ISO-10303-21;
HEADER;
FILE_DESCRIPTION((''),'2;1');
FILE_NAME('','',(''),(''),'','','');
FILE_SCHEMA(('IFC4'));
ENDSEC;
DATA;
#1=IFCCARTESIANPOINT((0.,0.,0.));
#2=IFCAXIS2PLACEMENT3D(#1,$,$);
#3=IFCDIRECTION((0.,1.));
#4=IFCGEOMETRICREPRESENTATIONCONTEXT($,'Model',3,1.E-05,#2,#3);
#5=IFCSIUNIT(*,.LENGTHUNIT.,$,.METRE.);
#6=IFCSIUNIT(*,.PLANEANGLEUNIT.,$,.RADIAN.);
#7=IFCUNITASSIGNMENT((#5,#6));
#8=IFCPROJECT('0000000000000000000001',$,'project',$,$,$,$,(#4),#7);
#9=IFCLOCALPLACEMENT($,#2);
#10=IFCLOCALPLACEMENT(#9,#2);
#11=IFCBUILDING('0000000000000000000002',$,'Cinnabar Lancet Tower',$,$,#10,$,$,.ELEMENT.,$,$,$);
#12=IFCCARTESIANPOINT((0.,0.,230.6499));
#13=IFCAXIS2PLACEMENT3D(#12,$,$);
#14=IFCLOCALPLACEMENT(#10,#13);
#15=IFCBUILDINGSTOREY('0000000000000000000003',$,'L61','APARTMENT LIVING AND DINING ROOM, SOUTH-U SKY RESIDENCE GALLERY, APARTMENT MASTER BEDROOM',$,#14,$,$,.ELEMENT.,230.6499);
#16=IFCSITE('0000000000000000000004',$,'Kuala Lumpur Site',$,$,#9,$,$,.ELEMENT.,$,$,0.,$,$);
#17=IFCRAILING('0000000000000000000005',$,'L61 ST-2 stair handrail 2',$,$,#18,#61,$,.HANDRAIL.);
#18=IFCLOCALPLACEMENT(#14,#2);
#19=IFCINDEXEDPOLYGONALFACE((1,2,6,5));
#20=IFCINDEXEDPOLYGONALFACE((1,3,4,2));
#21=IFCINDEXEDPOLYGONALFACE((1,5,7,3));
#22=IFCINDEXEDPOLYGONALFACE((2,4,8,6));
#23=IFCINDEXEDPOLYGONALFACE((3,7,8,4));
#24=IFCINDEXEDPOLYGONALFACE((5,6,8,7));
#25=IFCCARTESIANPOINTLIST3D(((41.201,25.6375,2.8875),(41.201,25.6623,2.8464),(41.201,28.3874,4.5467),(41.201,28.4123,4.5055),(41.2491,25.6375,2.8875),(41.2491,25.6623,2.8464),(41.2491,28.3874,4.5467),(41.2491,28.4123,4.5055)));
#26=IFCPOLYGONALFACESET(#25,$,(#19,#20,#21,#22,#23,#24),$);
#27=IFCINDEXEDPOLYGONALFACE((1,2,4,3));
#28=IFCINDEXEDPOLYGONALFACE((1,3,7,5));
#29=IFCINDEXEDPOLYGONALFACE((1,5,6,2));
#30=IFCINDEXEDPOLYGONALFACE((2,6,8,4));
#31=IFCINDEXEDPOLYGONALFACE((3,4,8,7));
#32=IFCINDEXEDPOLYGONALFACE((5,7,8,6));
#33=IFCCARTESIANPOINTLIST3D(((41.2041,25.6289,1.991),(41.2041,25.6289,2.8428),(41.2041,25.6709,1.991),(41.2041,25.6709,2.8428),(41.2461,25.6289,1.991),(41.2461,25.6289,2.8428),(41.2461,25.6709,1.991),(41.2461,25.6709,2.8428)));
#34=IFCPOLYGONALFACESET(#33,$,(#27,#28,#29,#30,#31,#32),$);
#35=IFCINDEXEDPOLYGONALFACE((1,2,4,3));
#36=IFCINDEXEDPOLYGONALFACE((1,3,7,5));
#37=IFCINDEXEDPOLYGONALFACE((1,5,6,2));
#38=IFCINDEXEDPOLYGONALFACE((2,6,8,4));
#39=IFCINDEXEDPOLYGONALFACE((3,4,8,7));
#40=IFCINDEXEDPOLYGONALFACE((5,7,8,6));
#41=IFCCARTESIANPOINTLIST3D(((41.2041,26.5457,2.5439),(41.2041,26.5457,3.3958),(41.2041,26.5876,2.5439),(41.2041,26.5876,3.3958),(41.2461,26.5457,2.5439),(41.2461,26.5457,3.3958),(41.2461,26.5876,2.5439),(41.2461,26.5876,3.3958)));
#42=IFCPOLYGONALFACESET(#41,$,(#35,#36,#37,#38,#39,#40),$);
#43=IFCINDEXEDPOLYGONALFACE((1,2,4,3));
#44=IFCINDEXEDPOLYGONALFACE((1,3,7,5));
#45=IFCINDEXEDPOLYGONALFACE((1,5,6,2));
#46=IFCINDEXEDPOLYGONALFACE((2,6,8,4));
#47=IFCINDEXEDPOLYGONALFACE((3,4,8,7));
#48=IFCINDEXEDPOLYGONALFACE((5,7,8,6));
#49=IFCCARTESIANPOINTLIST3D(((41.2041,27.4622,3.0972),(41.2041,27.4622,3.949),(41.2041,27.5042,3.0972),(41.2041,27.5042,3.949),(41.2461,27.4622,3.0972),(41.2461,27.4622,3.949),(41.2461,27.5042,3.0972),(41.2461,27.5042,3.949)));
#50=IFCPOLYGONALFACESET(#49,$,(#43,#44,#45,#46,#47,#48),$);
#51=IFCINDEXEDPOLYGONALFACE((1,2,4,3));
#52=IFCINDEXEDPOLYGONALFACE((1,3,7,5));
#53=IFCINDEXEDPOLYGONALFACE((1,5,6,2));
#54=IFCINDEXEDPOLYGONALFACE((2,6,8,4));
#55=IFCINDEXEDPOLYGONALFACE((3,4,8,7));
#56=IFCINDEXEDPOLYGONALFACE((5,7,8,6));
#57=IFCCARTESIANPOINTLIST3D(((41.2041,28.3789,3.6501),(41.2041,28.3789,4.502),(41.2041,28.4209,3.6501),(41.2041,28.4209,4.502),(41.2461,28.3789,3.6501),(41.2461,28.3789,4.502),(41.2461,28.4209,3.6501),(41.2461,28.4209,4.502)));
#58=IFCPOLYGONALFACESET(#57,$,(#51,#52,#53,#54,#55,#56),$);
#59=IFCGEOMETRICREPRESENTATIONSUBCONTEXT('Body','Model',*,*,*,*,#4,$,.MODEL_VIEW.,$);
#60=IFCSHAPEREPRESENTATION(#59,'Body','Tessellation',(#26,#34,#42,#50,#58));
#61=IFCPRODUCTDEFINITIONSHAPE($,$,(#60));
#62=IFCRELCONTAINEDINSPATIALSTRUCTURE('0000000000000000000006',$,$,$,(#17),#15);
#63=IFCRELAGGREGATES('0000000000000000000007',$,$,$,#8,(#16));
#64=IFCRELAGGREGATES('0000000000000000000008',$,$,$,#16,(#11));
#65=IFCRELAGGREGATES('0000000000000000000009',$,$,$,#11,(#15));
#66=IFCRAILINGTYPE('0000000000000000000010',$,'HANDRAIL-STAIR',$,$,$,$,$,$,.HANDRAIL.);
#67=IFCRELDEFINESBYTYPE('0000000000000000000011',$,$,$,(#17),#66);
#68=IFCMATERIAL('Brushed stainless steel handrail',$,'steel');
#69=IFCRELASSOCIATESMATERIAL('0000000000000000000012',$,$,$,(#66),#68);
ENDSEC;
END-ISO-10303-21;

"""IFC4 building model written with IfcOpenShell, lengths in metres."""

from ifc_helpers import new_model, si_unit, direction, frame, origin, origin_2d, place, context, subcontext, project, spatial, rectangle, extrude, material, type_object, element, save


model = new_model("IFC4")

# Units and contexts
model_context = context("Model", 3, precision=1e-05, world=origin(), true_north=direction((0.0, 1.0)))
body_context = subcontext(model_context, "Body", "Model", "MODEL_VIEW")
ifc_project = project(units=[si_unit("LENGTHUNIT", "METRE"), si_unit("PLANEANGLEUNIT", "RADIAN")], contexts=[model_context])

# Site, building, storey
site_placement = place(None, origin())
site = spatial("IfcSite", under=ifc_project, at=site_placement, Name="Kuala Lumpur Site", CompositionType="ELEMENT", RefElevation=0.0)
building_placement = place(site_placement, origin())
building = spatial("IfcBuilding", under=site, at=building_placement, Name="Cinnabar Lancet Tower", CompositionType="ELEMENT")
storey_placement = place(building_placement, frame((0.0, 0.0, 230.6499)))
storey = spatial("IfcBuildingStorey", under=building, at=storey_placement, Name="L61", Description="APARTMENT LIVING AND DINING ROOM, SOUTH-U SKY RESIDENCE GALLERY, APARTMENT MASTER BEDROOM", CompositionType="ELEMENT", Elevation=230.6499)

# Railing
ifc_material_1 = material(Name="Brushed stainless steel handrail", Category="steel")
railing_type_1 = type_object("IfcRailingType", Name="HANDRAIL-STAIR", PredefinedType="HANDRAIL", material=ifc_material_1)
railing_1_placement = place(storey_placement, frame((41.2251, 25.6499, 1.991)))
element("IfcRailing", 1, at=railing_1_placement, inside=storey, type_object=railing_type_1, Name="L61 ST-2 stair handrail 2", PredefinedType="HANDRAIL", context=body_context, shape_type="SweptSolid", body=[
    extrude(rectangle(XDim=0.0481, YDim=0.0481, at=origin_2d()), frame((0.0, 0.0, 0.876), z_axis=(0.0, 0.856229, 0.516596), x_axis=(-1.0, 0.0, 0.0)), (0.0, 0.0, 1.0), 3.2117),
    extrude(rectangle(XDim=0.042, YDim=0.042, at=origin_2d()), origin(), (0.0, 0.0, 1.0), 0.8518),
    extrude(rectangle(XDim=0.042, YDim=0.042, at=origin_2d()), frame((0.0, 0.9167, 0.553)), (0.0, 0.0, 1.0), 0.8518),
    extrude(rectangle(XDim=0.042, YDim=0.042, at=origin_2d()), frame((0.0, 1.8333, 1.1062)), (0.0, 0.0, 1.0), 0.8518),
    extrude(rectangle(XDim=0.042, YDim=0.042, at=origin_2d()), frame((0.0, 2.75, 1.6592)), (0.0, 0.0, 1.0), 0.8518),
])

save(model, "model.ifc")
